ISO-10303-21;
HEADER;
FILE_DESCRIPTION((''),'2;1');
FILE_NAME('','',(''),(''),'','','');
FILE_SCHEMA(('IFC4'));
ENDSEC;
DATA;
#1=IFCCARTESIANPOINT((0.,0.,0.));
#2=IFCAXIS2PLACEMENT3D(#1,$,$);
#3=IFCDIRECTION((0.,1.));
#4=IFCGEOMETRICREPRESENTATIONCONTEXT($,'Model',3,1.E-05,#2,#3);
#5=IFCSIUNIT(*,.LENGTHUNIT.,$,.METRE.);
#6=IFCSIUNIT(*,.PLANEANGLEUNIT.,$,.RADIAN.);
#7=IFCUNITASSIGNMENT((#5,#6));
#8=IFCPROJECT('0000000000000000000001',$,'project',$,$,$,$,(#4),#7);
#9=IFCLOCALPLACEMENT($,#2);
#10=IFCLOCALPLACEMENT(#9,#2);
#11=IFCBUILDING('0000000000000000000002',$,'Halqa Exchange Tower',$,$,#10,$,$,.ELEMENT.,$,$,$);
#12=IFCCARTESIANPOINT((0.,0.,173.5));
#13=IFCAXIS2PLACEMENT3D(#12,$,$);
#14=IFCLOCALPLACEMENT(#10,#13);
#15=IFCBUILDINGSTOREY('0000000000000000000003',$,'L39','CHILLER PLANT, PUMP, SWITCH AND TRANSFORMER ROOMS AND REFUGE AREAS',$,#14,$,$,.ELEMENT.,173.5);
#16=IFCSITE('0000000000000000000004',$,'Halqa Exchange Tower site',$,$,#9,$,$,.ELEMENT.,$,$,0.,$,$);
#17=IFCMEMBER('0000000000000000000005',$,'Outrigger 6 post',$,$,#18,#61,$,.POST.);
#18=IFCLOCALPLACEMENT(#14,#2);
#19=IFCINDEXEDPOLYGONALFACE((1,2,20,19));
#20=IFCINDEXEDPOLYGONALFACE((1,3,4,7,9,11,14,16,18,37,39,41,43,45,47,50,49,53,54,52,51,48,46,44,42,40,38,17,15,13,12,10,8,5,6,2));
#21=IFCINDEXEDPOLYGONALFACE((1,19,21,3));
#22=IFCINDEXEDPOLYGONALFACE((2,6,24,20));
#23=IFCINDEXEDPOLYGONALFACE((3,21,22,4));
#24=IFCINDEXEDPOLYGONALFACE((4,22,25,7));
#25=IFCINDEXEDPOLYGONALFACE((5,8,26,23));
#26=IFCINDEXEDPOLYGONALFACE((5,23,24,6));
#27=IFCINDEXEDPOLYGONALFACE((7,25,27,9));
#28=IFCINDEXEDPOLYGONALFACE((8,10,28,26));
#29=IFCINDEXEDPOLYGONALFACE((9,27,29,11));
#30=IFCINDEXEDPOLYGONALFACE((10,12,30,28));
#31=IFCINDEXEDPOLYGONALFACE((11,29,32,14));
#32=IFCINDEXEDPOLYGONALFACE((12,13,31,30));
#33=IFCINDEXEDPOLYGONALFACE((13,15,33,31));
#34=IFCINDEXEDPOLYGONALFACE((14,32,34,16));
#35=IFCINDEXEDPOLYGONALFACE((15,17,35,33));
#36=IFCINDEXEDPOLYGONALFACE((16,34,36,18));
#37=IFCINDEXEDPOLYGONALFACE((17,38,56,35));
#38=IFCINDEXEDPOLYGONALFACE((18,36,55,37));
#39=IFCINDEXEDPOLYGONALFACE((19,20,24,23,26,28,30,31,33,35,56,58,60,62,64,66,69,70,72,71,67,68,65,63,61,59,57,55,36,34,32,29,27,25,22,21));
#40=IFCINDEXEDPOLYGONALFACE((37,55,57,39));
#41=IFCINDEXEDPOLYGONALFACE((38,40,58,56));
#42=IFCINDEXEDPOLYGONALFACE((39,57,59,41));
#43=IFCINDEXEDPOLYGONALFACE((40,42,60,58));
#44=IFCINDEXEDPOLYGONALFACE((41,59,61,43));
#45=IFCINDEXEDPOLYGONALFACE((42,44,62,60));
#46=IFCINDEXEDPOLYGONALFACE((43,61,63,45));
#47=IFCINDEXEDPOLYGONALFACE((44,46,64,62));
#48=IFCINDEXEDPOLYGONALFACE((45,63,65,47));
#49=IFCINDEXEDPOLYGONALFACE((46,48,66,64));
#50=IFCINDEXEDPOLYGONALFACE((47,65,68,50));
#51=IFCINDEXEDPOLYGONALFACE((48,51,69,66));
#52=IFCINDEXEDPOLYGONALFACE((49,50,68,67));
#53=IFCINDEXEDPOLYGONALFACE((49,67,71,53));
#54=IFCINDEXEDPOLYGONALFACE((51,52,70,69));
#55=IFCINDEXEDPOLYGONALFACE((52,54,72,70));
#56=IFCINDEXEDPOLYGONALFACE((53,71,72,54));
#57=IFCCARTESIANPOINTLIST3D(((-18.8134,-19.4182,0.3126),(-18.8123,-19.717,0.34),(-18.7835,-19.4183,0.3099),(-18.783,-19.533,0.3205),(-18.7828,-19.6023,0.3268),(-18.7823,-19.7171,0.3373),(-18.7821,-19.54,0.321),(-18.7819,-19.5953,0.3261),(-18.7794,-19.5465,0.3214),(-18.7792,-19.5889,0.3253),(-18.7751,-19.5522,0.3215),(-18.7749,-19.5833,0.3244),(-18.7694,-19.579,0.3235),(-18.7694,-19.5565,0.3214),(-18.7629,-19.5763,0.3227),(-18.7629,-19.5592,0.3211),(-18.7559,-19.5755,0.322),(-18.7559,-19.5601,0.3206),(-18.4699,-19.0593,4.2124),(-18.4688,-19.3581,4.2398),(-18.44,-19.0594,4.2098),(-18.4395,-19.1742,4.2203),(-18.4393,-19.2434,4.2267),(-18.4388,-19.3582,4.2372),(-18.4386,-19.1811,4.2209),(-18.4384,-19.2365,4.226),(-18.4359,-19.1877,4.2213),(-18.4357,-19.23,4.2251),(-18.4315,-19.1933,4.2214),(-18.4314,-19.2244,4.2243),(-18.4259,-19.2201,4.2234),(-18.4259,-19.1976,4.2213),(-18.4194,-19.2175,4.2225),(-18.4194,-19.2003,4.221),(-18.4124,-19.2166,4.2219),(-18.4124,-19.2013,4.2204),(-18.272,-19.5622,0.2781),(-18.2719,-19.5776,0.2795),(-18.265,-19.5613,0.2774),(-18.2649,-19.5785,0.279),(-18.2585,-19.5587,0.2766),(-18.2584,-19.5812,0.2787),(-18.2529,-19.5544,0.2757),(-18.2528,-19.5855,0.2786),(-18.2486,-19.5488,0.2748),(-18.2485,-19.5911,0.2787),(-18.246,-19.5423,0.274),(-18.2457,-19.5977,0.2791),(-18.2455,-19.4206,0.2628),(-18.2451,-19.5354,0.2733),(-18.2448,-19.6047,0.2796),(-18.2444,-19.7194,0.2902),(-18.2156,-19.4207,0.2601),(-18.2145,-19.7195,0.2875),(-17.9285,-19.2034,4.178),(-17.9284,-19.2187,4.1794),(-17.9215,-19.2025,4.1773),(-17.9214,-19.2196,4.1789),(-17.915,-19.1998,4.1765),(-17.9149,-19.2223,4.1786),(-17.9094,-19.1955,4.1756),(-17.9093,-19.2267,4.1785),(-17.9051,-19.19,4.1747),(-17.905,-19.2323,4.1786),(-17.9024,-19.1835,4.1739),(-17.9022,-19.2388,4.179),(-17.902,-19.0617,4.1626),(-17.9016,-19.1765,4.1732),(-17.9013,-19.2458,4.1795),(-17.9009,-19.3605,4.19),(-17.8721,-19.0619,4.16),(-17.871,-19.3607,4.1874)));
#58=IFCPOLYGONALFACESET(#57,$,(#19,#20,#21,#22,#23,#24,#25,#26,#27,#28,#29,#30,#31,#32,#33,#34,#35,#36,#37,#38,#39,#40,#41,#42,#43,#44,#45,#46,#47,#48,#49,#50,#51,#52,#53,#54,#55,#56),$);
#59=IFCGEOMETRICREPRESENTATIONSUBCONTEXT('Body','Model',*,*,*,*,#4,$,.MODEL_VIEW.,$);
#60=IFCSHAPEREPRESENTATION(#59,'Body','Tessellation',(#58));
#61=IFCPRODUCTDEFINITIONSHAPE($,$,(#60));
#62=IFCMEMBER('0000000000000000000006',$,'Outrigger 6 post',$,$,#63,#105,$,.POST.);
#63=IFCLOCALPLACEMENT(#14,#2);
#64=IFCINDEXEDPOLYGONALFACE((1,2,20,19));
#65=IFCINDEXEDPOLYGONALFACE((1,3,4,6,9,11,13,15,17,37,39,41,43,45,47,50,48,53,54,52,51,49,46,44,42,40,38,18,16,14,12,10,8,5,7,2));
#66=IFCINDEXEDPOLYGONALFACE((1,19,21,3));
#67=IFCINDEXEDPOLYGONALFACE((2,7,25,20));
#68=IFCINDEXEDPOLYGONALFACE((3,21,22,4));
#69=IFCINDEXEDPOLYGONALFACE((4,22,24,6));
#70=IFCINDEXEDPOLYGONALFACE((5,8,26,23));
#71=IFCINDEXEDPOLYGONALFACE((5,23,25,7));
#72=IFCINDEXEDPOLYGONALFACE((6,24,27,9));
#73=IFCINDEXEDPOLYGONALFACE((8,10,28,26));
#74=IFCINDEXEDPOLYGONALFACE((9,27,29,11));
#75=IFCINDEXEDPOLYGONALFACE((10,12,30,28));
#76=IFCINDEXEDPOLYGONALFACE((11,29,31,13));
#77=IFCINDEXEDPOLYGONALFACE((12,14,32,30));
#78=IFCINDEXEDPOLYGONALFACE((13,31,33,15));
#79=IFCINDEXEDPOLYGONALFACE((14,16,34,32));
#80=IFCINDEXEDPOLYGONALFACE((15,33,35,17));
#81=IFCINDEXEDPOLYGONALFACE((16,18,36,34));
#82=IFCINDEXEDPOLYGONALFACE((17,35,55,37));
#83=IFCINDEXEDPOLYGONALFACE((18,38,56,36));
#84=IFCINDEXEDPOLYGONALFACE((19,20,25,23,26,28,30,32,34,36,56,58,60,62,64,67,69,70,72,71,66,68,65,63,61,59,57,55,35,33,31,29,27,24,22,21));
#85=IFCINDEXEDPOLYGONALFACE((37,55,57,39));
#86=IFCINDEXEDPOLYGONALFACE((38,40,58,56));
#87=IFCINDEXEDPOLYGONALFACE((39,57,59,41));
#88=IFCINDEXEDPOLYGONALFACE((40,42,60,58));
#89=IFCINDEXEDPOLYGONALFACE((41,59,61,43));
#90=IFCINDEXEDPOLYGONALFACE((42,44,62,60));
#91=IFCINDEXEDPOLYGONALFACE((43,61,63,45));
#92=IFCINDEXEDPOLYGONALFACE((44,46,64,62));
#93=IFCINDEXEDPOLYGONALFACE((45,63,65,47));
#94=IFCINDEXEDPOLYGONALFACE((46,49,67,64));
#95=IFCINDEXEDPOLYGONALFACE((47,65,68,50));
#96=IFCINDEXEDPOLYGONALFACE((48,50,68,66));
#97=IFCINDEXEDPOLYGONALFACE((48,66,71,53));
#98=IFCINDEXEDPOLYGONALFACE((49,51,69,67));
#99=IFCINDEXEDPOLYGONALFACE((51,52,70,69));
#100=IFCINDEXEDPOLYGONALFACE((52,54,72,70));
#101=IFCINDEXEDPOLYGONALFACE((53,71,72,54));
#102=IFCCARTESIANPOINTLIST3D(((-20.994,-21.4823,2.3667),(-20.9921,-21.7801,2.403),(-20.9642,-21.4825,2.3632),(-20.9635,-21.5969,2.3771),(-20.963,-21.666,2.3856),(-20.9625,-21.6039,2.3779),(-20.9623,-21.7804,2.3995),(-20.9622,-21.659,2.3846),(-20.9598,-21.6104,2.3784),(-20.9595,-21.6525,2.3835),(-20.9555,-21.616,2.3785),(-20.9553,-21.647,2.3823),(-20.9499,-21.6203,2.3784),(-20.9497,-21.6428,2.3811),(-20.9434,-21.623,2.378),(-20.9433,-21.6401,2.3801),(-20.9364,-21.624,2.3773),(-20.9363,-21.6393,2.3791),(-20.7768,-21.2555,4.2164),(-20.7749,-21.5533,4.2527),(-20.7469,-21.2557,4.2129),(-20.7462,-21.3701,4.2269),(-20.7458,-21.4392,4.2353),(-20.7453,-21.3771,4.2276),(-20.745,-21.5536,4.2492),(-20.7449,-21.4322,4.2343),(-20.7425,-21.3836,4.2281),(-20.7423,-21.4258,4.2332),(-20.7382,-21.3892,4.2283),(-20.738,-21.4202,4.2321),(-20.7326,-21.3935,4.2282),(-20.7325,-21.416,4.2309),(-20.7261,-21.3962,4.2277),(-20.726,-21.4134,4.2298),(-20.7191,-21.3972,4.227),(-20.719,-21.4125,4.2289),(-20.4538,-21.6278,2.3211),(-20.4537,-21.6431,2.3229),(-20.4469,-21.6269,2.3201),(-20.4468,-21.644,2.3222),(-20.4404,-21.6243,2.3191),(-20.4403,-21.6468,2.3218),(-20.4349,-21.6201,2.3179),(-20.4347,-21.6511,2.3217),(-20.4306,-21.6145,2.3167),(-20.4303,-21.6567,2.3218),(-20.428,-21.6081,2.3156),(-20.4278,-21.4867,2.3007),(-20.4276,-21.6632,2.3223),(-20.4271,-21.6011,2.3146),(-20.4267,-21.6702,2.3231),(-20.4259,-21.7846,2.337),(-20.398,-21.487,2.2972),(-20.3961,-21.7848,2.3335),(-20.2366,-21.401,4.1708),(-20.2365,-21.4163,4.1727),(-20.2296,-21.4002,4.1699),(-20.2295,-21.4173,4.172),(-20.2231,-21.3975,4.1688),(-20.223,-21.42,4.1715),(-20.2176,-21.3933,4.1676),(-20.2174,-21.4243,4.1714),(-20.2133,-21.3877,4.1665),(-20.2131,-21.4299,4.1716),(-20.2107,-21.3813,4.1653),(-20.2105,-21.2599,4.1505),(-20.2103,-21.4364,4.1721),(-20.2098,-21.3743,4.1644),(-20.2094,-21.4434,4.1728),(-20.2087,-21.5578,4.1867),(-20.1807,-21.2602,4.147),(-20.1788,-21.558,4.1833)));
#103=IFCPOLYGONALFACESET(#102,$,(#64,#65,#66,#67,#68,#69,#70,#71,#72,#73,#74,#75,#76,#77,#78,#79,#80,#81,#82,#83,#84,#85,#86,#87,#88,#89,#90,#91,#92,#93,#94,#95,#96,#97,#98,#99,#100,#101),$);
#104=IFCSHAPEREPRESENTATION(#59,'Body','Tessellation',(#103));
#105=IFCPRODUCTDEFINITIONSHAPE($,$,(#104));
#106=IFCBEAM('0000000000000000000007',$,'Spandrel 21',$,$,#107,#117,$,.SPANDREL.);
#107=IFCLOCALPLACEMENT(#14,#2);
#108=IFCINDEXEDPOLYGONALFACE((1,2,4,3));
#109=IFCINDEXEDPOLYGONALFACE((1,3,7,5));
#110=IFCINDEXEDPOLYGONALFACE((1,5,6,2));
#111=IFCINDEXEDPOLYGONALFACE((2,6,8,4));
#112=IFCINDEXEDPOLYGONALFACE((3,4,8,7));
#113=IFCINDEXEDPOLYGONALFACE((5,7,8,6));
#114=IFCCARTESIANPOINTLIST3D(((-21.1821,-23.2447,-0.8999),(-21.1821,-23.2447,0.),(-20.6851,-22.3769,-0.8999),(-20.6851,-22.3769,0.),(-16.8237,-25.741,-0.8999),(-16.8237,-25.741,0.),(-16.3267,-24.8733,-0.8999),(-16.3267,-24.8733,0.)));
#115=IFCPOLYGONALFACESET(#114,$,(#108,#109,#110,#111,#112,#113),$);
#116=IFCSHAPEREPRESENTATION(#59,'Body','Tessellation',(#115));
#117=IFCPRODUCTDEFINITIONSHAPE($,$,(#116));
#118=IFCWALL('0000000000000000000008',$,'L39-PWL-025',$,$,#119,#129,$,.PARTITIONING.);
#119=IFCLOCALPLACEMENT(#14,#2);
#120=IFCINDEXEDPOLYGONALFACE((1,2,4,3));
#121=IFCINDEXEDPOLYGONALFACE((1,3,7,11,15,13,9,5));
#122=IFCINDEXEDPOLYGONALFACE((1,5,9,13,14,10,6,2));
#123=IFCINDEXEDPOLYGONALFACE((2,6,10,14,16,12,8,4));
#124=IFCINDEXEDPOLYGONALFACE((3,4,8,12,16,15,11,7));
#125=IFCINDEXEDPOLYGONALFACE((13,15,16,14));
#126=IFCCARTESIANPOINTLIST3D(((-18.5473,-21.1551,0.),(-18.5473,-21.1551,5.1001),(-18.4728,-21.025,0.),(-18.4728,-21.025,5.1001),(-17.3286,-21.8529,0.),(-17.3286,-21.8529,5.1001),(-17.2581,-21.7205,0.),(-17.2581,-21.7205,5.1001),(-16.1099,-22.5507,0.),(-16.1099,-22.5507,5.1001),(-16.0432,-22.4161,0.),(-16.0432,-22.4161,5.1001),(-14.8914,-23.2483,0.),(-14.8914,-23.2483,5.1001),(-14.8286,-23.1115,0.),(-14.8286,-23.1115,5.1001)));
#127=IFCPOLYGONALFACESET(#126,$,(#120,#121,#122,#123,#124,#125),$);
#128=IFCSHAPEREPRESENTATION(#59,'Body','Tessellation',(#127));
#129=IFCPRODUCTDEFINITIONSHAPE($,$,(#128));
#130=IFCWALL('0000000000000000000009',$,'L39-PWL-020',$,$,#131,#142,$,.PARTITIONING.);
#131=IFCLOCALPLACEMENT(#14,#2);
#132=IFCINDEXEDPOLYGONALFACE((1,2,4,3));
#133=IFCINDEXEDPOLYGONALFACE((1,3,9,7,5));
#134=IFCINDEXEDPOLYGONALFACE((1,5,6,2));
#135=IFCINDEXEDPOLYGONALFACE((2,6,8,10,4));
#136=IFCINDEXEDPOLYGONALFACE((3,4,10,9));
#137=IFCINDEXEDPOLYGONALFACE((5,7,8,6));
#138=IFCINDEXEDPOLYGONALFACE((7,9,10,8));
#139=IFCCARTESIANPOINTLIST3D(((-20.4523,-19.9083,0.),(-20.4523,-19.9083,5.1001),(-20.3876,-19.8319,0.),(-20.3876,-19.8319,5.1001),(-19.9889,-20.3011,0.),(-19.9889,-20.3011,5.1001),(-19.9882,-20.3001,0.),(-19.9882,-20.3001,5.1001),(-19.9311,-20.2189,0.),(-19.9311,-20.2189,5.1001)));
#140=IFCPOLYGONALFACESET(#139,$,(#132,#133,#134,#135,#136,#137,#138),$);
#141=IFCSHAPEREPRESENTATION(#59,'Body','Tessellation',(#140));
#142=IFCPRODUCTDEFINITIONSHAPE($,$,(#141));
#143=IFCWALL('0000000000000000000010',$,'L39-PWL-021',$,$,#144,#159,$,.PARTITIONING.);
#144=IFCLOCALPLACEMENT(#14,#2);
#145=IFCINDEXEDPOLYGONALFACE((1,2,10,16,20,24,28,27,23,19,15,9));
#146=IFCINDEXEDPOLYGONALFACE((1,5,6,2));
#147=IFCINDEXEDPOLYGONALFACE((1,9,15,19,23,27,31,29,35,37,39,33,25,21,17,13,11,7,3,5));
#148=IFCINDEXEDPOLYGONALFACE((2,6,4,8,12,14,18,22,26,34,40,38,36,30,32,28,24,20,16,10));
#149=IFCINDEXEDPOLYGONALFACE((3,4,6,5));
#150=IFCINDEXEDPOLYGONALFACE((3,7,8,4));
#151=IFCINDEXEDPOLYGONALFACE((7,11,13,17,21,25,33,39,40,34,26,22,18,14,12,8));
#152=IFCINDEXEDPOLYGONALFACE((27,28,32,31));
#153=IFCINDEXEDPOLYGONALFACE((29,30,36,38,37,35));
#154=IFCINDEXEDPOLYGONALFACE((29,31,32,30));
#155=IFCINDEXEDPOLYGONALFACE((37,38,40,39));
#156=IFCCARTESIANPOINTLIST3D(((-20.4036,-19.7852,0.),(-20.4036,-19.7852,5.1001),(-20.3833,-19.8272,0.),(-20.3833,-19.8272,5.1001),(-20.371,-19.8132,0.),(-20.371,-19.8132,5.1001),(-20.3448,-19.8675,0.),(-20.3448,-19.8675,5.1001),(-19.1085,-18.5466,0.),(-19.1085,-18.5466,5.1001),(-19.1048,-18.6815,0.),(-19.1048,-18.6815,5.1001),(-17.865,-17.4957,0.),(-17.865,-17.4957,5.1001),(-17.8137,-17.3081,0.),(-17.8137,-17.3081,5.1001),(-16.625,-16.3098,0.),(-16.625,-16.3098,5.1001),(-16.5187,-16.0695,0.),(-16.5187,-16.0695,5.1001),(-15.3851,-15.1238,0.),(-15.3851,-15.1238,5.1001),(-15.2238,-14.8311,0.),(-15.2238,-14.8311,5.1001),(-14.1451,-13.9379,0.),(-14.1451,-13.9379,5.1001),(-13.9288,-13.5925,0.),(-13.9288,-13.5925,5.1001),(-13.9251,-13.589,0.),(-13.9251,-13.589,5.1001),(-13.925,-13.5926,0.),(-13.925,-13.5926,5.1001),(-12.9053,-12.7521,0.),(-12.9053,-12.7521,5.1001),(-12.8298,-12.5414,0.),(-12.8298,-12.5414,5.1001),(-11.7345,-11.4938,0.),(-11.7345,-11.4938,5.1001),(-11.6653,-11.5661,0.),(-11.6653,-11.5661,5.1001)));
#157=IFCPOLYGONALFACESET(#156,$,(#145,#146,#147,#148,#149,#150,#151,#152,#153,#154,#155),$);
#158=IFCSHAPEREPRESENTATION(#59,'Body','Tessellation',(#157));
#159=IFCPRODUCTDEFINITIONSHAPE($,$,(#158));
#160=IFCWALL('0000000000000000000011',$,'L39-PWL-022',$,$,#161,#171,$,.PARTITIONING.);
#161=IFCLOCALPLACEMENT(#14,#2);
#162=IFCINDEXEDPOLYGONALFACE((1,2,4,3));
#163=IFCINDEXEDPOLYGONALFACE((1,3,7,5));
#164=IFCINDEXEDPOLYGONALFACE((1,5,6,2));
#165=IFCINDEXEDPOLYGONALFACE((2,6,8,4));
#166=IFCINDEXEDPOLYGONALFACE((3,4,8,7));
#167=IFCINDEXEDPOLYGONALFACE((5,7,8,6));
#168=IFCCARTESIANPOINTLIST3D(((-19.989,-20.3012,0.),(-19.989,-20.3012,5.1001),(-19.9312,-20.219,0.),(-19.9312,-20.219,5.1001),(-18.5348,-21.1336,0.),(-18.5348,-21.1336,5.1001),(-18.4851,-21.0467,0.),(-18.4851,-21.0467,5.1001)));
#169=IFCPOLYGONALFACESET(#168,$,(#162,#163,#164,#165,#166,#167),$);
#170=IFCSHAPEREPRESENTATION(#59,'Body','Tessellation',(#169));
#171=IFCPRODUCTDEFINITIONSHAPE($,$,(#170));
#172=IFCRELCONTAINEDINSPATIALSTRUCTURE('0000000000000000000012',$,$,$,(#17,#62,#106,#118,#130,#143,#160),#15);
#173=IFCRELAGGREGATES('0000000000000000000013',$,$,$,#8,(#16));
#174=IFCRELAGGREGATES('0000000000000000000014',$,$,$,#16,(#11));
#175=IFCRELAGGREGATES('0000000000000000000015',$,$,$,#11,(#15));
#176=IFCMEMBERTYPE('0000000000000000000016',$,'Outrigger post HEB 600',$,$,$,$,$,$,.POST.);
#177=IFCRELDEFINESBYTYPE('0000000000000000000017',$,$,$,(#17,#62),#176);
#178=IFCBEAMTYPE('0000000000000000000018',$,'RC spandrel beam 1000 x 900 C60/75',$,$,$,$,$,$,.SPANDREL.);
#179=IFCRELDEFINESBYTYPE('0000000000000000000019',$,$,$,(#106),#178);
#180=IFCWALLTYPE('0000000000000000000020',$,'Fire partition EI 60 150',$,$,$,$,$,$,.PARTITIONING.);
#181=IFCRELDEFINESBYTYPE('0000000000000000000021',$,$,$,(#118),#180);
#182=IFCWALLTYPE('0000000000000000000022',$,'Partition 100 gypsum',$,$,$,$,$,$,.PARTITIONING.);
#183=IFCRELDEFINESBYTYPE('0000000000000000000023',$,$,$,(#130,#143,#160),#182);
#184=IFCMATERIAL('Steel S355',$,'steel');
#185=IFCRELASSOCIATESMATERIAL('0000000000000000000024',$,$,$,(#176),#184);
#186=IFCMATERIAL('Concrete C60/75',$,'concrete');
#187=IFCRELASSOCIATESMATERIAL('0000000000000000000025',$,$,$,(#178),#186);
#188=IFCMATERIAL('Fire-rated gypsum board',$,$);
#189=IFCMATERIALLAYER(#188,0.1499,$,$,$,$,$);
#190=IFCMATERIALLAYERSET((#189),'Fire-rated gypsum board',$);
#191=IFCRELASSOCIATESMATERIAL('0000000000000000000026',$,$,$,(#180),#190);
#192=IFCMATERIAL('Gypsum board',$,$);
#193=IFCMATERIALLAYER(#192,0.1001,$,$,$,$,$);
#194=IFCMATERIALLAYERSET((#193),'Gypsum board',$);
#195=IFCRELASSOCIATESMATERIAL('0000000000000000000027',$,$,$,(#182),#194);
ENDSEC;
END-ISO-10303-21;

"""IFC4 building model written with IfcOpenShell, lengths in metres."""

from ifc_helpers import new_model, si_unit, direction, frame, origin, origin_2d, place, context, subcontext, project, spatial, polyline, rectangle, i_section, outline, extrude, material, layer, layer_set, material_profile, profile_set, type_object, element, save


model = new_model("IFC4")

# Units and contexts
model_context = context("Model", 3, precision=1e-05, world=origin(), true_north=direction((0.0, 1.0)))
body_context = subcontext(model_context, "Body", "Model", "MODEL_VIEW")
ifc_project = project(units=[si_unit("LENGTHUNIT", "METRE"), si_unit("PLANEANGLEUNIT", "RADIAN")], contexts=[model_context])

# Site, building, storey
site_placement = place(None, origin())
site = spatial("IfcSite", under=ifc_project, at=site_placement, Name="Halqa Exchange Tower site", CompositionType="ELEMENT", RefElevation=0.0)
building_placement = place(site_placement, origin())
building = spatial("IfcBuilding", under=site, at=building_placement, Name="Halqa Exchange Tower", CompositionType="ELEMENT")
storey_placement = place(building_placement, frame((0.0, 0.0, 173.5)))
storey = spatial("IfcBuildingStorey", under=building, at=storey_placement, Name="L39", Description="CHILLER PLANT, PUMP, SWITCH AND TRANSFORMER ROOMS AND REFUGE AREAS", CompositionType="ELEMENT", Elevation=173.5)

# Members
ifc_material_1 = material(Name="Steel S355", Category="steel")
ifc_material_profile_1 = material_profile(ifc_material_1, i_section(OverallWidth=0.3, OverallDepth=0.6001, WebThickness=0.0154, FlangeThickness=0.03, FilletRadius=0.0271, at=origin_2d()), Name="HEB 600")
ifc_profile_set_1 = profile_set([ifc_material_profile_1], Name="Steel S355")
member_type_1 = type_object("IfcMemberType", Name="Outrigger post HEB 600", PredefinedType="POST", material=ifc_profile_set_1)
member_1_placement = place(storey_placement, frame((-18.5139, -19.5688, 0.3), z_axis=(0.087375, 0.091287, 0.991984), x_axis=(-0.003699, 0.995815, -0.091314)))
element("IfcMember", 1, at=member_1_placement, inside=storey, type_object=member_type_1, Name="Outrigger 6 post", PredefinedType="POST", context=body_context, shape_type="SweptSolid", body=[
    extrude(i_section(OverallWidth=0.3, OverallDepth=0.6001, WebThickness=0.0154, FlangeThickness=0.03, FilletRadius=0.0271, at=origin_2d()), origin(), (0.0, 0.0, 1.0), 3.9314),
])
member_2_placement = place(storey_placement, frame((-20.6951, -21.6335, 2.3501), z_axis=(0.115803, 0.120878, 0.98589), x_axis=(-0.00629, 0.992637, -0.120966)))
element("IfcMember", 2, at=member_2_placement, inside=storey, type_object=member_type_1, Name="Outrigger 6 post", PredefinedType="POST", context=body_context, shape_type="SweptSolid", body=[
    extrude(i_section(OverallWidth=0.3, OverallDepth=0.6001, WebThickness=0.0154, FlangeThickness=0.03, FilletRadius=0.0271, at=origin_2d()), origin(), (0.0, 0.0, 1.0), 1.8762),
])

# Beam
ifc_material_2 = material(Name="Concrete C60/75", Category="concrete")
ifc_material_profile_2 = material_profile(ifc_material_2, rectangle(XDim=1.0, YDim=0.8999, at=origin_2d()), Name="1000 x 900")
ifc_profile_set_2 = profile_set([ifc_material_profile_2], Name="Concrete C60/75")
beam_type = type_object("IfcBeamType", Name="RC spandrel beam 1000 x 900 C60/75", PredefinedType="SPANDREL", material=ifc_profile_set_2)
beam_placement = place(storey_placement, frame((-20.9336, -22.8108, -0.45), z_axis=(0.867743, -0.497013, 0.0), x_axis=(0.497013, 0.867743, 0.0)))
element("IfcBeam", 3, at=beam_placement, inside=storey, type_object=beam_type, Name="Spandrel 21", PredefinedType="SPANDREL", context=body_context, shape_type="SweptSolid", body=[
    extrude(rectangle(XDim=1.0, YDim=0.8999, at=origin_2d()), origin(), (0.0, 0.0, 1.0), 5.0227),
])

# Walls
ifc_material_3 = material(Name="Fire-rated gypsum board")
ifc_layer_1 = layer(ifc_material_3, 0.1499)
ifc_layer_set_1 = layer_set([ifc_layer_1], Name="Fire-rated gypsum board")
wall_type_1 = type_object("IfcWallType", Name="Fire partition EI 60 150", PredefinedType="PARTITIONING", material=ifc_layer_set_1)
wall_1_placement = place(storey_placement, frame((-18.51, -21.0901, 0.0), z_axis=(0.0, 0.0, 1.0), x_axis=(0.867822, -0.496875, 0.0)))
element("IfcWall", 4, at=wall_1_placement, inside=storey, type_object=wall_type_1, Name="L39-PWL-025", PredefinedType="PARTITIONING", context=body_context, shape_type="SweptSolid", body=[
    extrude(outline(polyline([(0.0, -0.075), (1.4043, -0.075), (2.8086, -0.075), (4.2126, -0.075), (4.1992, 0.075), (2.7996, 0.075), (1.3997, 0.075), (0.0, 0.075), (0.0, -0.075)])), origin(), (0.0, 0.0, 1.0), 5.1001),
])
ifc_material_4 = material(Name="Gypsum board")
ifc_layer_2 = layer(ifc_material_4, 0.1001)
ifc_layer_set_2 = layer_set([ifc_layer_2], Name="Gypsum board")
wall_type_2 = type_object("IfcWallType", Name="Partition 100 gypsum", PredefinedType="PARTITIONING", material=ifc_layer_set_2)
wall_2_placement = place(storey_placement, frame((-20.4199, -19.8701, 0.0), z_axis=(0.0, 0.0, 1.0), x_axis=(0.762791, -0.646645, 0.0)))
element("IfcWall", 5, at=wall_2_placement, inside=storey, type_object=wall_type_2, Name="L39-PWL-020", PredefinedType="PARTITIONING", context=body_context, shape_type="SweptSolid", body=[
    extrude(outline(polyline([(0.6074, -0.05), (0.6074, -0.0488), (0.5984, 0.05), (0.0, 0.05), (0.0, -0.05), (0.6074, -0.05)])), origin(), (0.0, 0.0, 1.0), 5.1001),
])
wall_3_placement = place(storey_placement, frame((-20.3794, -19.8313, 0.0), z_axis=(0.0, 0.0, 1.0), x_axis=(0.722675, 0.691188, 0.0)))
element("IfcWall", 6, at=wall_3_placement, inside=storey, type_object=wall_type_2, Name="L39-PWL-021", PredefinedType="PARTITIONING", context=body_context, shape_type="SweptSolid", body=[
    extrude(outline(polyline([(12.0103, 0.05), (10.4946, 0.05), (8.979, 0.05), (8.9766, 0.0474), (8.9739, 0.05), (7.1819, 0.05), (5.3901, 0.05), (3.5981, 0.05), (1.8064, 0.05), (0.0144, 0.05), (0.0186, 0.0073), (0.0, 0.0056), (0.0, -0.05), (1.7158, -0.05), (3.4314, -0.05), (5.1472, -0.05), (6.863, -0.05), (8.5789, -0.05), (10.2944, -0.05), (12.0103, -0.05), (12.0103, 0.05)])), origin(), (0.0, 0.0, 1.0), 5.1001),
])
wall_4_placement = place(storey_placement, frame((-19.9641, -20.2578, 0.0), z_axis=(0.0, 0.0, 1.0), x_axis=(0.867893, -0.496751, 0.0)))
element("IfcWall", 7, at=wall_4_placement, inside=storey, type_object=wall_type_2, Name="L39-PWL-022", PredefinedType="PARTITIONING", context=body_context, shape_type="SweptSolid", body=[
    extrude(outline(polyline([(1.6755, 0.05), (0.0093, 0.05), (0.0, -0.05), (1.6755, -0.05), (1.6755, 0.05)])), origin(), (0.0, 0.0, 1.0), 5.1001),
])

save(model, "model.ifc")
